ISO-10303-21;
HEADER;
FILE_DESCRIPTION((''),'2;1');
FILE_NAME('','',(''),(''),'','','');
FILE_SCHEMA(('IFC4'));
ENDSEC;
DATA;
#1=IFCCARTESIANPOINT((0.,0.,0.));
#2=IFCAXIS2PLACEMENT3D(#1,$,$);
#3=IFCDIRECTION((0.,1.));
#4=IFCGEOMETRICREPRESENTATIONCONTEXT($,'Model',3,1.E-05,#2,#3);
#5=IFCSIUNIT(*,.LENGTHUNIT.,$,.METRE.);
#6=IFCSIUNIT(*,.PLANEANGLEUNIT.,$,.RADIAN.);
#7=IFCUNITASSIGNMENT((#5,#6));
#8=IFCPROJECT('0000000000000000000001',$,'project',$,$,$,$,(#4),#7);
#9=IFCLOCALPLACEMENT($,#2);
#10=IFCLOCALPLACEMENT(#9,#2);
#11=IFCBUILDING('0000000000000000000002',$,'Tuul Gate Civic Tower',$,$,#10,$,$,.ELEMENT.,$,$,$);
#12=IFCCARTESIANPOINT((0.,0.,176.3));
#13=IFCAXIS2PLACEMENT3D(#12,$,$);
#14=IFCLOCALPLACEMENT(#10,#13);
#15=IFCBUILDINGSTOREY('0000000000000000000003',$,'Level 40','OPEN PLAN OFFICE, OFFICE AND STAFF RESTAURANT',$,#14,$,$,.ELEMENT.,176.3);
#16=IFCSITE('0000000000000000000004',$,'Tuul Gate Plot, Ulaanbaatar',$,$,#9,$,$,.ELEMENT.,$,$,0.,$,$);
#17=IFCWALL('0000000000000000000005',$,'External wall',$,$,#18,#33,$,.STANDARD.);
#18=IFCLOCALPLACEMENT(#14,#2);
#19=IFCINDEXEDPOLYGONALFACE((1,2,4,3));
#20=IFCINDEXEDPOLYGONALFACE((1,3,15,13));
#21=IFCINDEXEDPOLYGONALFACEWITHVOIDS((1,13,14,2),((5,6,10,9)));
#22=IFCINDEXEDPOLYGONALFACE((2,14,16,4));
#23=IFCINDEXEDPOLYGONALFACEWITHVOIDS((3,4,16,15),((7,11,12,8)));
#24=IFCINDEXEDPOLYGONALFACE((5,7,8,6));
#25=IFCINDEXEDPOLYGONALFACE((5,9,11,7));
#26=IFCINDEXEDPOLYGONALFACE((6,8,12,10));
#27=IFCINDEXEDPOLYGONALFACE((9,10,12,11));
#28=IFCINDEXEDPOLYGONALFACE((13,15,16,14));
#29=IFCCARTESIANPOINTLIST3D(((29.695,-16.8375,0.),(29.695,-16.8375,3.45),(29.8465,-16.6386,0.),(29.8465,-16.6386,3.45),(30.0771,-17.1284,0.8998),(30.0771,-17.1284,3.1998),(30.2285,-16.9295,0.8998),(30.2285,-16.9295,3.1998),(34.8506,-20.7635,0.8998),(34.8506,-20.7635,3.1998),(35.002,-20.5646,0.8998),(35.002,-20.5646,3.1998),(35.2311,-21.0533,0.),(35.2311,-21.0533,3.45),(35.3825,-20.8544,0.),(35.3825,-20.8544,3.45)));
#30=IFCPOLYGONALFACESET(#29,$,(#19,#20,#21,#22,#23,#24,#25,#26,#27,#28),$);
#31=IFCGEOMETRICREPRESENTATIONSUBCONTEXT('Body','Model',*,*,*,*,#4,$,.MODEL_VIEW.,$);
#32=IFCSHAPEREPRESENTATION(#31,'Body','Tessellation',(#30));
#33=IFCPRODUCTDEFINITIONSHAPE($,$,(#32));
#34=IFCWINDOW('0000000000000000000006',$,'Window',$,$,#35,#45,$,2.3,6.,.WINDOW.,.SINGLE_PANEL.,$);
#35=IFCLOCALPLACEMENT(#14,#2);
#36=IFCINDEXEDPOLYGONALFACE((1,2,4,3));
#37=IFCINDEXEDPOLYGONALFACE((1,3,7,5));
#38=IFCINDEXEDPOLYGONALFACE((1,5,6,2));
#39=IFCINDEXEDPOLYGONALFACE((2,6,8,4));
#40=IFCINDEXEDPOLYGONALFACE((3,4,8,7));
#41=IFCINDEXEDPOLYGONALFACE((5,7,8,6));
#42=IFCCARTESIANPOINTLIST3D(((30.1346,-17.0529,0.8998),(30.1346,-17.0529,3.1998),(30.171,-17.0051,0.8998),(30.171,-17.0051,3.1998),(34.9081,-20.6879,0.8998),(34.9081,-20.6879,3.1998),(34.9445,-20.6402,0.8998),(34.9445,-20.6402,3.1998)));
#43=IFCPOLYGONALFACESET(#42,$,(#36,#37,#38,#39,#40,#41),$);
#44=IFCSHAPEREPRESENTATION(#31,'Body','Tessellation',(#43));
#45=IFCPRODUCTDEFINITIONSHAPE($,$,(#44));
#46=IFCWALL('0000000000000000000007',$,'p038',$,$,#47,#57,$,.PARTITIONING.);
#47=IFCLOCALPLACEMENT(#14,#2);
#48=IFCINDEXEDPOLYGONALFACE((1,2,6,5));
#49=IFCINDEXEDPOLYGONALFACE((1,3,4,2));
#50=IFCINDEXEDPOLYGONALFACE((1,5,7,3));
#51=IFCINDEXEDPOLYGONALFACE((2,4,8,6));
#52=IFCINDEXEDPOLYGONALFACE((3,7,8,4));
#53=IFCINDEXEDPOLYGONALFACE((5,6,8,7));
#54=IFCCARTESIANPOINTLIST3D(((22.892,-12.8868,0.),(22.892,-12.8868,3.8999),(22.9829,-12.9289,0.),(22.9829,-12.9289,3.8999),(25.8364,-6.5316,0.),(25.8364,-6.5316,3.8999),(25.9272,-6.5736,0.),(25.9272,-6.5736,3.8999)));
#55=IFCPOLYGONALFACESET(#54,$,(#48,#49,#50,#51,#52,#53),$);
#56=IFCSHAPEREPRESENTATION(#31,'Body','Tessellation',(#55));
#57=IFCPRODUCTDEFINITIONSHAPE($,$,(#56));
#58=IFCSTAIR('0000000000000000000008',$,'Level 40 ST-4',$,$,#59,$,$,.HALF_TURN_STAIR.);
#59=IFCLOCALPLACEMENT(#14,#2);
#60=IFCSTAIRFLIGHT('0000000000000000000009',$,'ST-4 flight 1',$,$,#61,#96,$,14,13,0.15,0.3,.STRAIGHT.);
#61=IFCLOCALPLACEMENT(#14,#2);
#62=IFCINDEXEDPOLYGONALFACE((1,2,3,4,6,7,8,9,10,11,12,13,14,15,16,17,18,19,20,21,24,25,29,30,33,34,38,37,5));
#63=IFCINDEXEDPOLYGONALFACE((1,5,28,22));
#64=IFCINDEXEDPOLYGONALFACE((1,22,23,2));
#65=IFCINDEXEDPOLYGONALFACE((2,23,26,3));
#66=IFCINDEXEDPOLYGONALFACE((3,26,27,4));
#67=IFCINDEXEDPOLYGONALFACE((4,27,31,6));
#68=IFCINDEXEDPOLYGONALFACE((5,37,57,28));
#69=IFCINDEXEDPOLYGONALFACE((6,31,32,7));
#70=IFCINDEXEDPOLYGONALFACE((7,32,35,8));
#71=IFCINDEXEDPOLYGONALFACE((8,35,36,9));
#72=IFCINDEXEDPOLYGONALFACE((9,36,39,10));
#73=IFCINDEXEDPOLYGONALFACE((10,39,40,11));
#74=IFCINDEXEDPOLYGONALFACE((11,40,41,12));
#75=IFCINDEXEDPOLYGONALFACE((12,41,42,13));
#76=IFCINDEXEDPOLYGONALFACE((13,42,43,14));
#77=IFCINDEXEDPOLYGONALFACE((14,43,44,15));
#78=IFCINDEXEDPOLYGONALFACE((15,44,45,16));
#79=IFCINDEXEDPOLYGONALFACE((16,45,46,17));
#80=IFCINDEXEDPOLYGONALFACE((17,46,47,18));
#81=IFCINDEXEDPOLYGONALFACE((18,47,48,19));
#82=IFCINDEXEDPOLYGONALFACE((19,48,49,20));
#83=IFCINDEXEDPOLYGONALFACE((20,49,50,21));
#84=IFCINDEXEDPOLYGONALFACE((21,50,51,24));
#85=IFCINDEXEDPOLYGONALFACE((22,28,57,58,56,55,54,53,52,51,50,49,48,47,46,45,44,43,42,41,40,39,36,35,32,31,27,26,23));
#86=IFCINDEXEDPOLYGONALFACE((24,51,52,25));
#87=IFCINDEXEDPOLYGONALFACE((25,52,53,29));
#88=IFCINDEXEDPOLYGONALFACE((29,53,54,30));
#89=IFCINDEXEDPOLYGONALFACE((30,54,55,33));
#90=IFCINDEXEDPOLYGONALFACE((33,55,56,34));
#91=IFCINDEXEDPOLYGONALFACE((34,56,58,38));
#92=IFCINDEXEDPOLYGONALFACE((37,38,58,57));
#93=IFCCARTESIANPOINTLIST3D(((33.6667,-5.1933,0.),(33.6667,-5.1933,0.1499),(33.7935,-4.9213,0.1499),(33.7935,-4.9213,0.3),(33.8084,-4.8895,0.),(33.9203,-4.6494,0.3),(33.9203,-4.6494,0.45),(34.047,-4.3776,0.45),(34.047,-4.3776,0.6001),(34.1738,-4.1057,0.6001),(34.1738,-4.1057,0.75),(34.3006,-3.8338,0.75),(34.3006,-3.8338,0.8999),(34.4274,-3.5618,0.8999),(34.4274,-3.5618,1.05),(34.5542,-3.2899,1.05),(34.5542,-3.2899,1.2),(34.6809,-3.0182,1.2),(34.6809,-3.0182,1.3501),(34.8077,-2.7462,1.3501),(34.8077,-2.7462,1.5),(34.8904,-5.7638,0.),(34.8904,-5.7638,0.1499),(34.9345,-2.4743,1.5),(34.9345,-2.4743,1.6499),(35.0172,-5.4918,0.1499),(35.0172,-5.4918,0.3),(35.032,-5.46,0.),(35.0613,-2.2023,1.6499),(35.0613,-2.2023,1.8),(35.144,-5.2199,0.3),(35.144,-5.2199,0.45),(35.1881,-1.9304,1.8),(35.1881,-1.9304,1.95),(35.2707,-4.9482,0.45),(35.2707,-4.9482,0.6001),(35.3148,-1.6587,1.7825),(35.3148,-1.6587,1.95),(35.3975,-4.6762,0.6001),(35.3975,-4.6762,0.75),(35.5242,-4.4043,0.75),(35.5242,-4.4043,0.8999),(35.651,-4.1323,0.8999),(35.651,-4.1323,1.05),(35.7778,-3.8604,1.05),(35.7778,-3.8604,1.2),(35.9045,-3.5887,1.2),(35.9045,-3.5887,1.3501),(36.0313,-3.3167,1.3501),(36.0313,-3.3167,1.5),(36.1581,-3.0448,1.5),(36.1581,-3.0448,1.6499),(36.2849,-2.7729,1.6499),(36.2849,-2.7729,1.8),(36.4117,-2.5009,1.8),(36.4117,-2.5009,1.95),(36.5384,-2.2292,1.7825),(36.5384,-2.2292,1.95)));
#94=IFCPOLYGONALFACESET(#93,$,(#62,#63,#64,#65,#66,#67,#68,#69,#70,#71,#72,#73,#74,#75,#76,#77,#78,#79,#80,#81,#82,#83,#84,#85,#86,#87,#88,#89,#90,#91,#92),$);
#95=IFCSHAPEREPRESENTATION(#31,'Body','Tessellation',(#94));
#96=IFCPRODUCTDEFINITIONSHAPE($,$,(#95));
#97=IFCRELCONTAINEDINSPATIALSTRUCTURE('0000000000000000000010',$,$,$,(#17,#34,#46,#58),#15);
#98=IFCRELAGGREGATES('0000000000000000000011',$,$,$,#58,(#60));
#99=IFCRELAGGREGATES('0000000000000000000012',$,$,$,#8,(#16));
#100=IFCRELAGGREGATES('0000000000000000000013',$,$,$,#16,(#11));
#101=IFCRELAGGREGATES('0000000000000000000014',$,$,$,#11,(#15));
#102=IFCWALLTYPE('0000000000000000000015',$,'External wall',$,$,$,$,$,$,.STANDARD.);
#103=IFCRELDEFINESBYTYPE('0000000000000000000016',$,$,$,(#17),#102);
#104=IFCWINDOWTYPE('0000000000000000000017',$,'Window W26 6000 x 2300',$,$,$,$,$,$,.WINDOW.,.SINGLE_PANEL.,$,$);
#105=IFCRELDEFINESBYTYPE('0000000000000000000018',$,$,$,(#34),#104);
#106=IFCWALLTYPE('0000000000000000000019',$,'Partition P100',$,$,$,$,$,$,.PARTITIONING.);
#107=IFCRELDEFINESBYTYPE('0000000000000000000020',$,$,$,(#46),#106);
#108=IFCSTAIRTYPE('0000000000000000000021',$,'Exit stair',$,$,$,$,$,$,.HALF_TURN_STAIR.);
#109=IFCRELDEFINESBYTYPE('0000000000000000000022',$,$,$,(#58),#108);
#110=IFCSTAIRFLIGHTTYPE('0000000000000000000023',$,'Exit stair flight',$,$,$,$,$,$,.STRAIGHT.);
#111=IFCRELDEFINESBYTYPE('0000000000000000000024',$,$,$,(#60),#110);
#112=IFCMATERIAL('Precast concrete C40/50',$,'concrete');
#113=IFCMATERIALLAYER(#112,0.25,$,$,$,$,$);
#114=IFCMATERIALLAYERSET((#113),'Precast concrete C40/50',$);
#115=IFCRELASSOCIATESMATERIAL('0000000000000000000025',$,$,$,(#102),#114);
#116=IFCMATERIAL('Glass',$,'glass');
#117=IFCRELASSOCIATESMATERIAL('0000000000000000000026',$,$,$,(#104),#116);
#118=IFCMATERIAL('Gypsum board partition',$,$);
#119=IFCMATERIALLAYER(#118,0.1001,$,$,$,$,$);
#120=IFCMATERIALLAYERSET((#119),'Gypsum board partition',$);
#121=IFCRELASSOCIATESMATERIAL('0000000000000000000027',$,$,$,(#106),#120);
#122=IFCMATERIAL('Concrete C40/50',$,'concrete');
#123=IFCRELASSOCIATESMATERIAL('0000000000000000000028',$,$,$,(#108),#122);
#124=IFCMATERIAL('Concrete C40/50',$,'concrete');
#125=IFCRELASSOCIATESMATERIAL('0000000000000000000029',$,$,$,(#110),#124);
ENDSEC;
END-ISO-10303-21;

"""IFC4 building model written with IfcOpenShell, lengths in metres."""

from ifc_helpers import new_model, si_unit, direction, frame, frame_2d, origin, place, context, subcontext, project, spatial, polyline, rectangle, outline, extrude, material, layer, layer_set, type_object, element, fill, aggregate, save


model = new_model("IFC4")

# Units and contexts
model_context = context("Model", 3, precision=1e-05, world=origin(), true_north=direction((0.0, 1.0)))
body_context = subcontext(model_context, "Body", "Model", "MODEL_VIEW")
ifc_project = project(units=[si_unit("LENGTHUNIT", "METRE"), si_unit("PLANEANGLEUNIT", "RADIAN")], contexts=[model_context])

# Site, building, storey
site_placement = place(None, origin())
site = spatial("IfcSite", under=ifc_project, at=site_placement, Name="Tuul Gate Plot, Ulaanbaatar", CompositionType="ELEMENT", RefElevation=0.0)
building_placement = place(site_placement, origin())
building = spatial("IfcBuilding", under=site, at=building_placement, Name="Tuul Gate Civic Tower", CompositionType="ELEMENT")
storey_placement = place(building_placement, frame((0.0, 0.0, 176.3)))
storey = spatial("IfcBuildingStorey", under=building, at=storey_placement, Name="Level 40", Description="OPEN PLAN OFFICE, OFFICE AND STAFF RESTAURANT", CompositionType="ELEMENT", Elevation=176.3)

# Wall, opening, window
ifc_material_1 = material(Name="Precast concrete C40/50", Category="concrete")
ifc_layer_1 = layer(ifc_material_1, 0.25)
ifc_layer_set_1 = layer_set([ifc_layer_1], Name="Precast concrete C40/50")
wall_type_1 = type_object("IfcWallType", Name="External wall", PredefinedType="STANDARD", material=ifc_layer_set_1)
ifc_material_2 = material(Name="Glass", Category="glass")
window_type = type_object("IfcWindowType", Name="Window W26 6000 x 2300", PartitioningType="SINGLE_PANEL", PredefinedType="WINDOW", material=ifc_material_2)
wall_1_placement = place(storey_placement, frame((29.7708, -16.738, 0.0), z_axis=(0.0, 0.0, 1.0), x_axis=(0.795583, -0.605844, 0.0)))
wall_1 = element("IfcWall", 1, at=wall_1_placement, inside=storey, type_object=wall_type_1, Name="External wall", PredefinedType="STANDARD", context=body_context, shape_type="SweptSolid", body=[
    extrude(rectangle(XDim=6.9585, YDim=0.25, at=frame_2d((3.4792, 0.0))), origin(), (0.0, 0.0, 1.0), 3.45),
])
opening_1_placement = place(wall_1_placement, frame((0.4802, 0.0, 0.8999)))
opening_1 = element("IfcOpeningElement", 2, at=opening_1_placement, cuts=wall_1, PredefinedType="OPENING", context=body_context, shape_type="SweptSolid", body=[
    extrude(rectangle(XDim=6.0, YDim=2.3, at=frame_2d((3.0, 1.1499))), frame((0.0, 0.135, 0.0), z_axis=(0.0, -1.0, 0.0), x_axis=(1.0, 0.0, 0.0)), (0.0, 0.0, 1.0), 0.27),
])
window_1_placement = place(opening_1_placement, origin())
window_1 = element("IfcWindow", 3, at=window_1_placement, inside=storey, type_object=window_type, Name="Window", OverallHeight=2.3, OverallWidth=6.0, PartitioningType="SINGLE_PANEL", PredefinedType="WINDOW", context=body_context, shape_type="SweptSolid", body=[
    extrude(rectangle(XDim=6.0, YDim=2.3, at=frame_2d((3.0, 1.1499))), frame((0.0, 0.03, 0.0), z_axis=(0.0, -1.0, 0.0), x_axis=(1.0, 0.0, 0.0)), (0.0, 0.0, 1.0), 0.0601),
])
fill(opening_1, window_1)

# Wall
ifc_material_3 = material(Name="Gypsum board partition")
ifc_layer_2 = layer(ifc_material_3, 0.1001)
ifc_layer_set_2 = layer_set([ifc_layer_2], Name="Gypsum board partition")
wall_type_2 = type_object("IfcWallType", Name="Partition P100", PredefinedType="PARTITIONING", material=ifc_layer_set_2)
wall_2_placement = place(storey_placement, frame((22.9375, -12.9077, 0.0), z_axis=(0.0, 0.0, 1.0), x_axis=(0.420371, 0.907352, 0.0)))
element("IfcWall", 4, at=wall_2_placement, inside=storey, type_object=wall_type_2, Name="p038", PredefinedType="PARTITIONING", context=body_context, shape_type="SweptSolid", body=[
    extrude(rectangle(XDim=7.0042, YDim=0.1001, at=frame_2d((3.502, 0.0))), origin(), (0.0, 0.0, 1.0), 3.8999),
])

# Stair, stair flight
ifc_material_4 = material(Name="Concrete C40/50", Category="concrete")
stair_type = type_object("IfcStairType", Name="Exit stair", PredefinedType="HALF_TURN_STAIR", material=ifc_material_4)
stair_placement = place(storey_placement, origin())
stair = element("IfcStair", 5, at=stair_placement, inside=storey, type_object=stair_type, Name="Level 40 ST-4", PredefinedType="HALF_TURN_STAIR")
ifc_material_5 = material(Name="Concrete C40/50", Category="concrete")
stair_flight_type = type_object("IfcStairFlightType", Name="Exit stair flight", PredefinedType="STRAIGHT", material=ifc_material_5)
stair_flight_placement = place(storey_placement, frame((34.2786, -5.4785, 0.0), z_axis=(0.0, 0.0, 1.0), x_axis=(0.422576, 0.906327, 0.0)))
stair_flight = element("IfcStairFlight", 6, at=stair_flight_placement, type_object=stair_flight_type, Name="ST-4 flight 1", NumberOfRisers=14, NumberOfTreads=13, PredefinedType="STRAIGHT", RiserHeight=0.15, TreadLength=0.3, context=body_context, shape_type="SweptSolid", body=[
    extrude(outline(polyline([(0.0, 0.0), (0.0, 0.1499), (0.3, 0.1499), (0.3, 0.3), (0.6001, 0.3), (0.6001, 0.45), (0.8999, 0.45), (0.8999, 0.6001), (1.2, 0.6001), (1.2, 0.75), (1.5, 0.75), (1.5, 0.8999), (1.8, 0.8999), (1.8, 1.05), (2.1001, 1.05), (2.1001, 1.2), (2.3999, 1.2), (2.3999, 1.3501), (2.7, 1.3501), (2.7, 1.5), (3.0, 1.5), (3.0, 1.6499), (3.3, 1.6499), (3.3, 1.8), (3.6001, 1.8), (3.6001, 1.95), (3.8999, 1.95), (3.8999, 2.1001), (3.8999, 1.7825), (0.3352, 0.0), (0.0, 0.0)])), frame((0.0, 0.675, 0.0), z_axis=(0.0, -1.0, 0.0), x_axis=(1.0, 0.0, 0.0)), (0.0, 0.0, 1.0), 1.3501),
])
aggregate(stair, [stair_flight])

save(model, "model.ifc")
